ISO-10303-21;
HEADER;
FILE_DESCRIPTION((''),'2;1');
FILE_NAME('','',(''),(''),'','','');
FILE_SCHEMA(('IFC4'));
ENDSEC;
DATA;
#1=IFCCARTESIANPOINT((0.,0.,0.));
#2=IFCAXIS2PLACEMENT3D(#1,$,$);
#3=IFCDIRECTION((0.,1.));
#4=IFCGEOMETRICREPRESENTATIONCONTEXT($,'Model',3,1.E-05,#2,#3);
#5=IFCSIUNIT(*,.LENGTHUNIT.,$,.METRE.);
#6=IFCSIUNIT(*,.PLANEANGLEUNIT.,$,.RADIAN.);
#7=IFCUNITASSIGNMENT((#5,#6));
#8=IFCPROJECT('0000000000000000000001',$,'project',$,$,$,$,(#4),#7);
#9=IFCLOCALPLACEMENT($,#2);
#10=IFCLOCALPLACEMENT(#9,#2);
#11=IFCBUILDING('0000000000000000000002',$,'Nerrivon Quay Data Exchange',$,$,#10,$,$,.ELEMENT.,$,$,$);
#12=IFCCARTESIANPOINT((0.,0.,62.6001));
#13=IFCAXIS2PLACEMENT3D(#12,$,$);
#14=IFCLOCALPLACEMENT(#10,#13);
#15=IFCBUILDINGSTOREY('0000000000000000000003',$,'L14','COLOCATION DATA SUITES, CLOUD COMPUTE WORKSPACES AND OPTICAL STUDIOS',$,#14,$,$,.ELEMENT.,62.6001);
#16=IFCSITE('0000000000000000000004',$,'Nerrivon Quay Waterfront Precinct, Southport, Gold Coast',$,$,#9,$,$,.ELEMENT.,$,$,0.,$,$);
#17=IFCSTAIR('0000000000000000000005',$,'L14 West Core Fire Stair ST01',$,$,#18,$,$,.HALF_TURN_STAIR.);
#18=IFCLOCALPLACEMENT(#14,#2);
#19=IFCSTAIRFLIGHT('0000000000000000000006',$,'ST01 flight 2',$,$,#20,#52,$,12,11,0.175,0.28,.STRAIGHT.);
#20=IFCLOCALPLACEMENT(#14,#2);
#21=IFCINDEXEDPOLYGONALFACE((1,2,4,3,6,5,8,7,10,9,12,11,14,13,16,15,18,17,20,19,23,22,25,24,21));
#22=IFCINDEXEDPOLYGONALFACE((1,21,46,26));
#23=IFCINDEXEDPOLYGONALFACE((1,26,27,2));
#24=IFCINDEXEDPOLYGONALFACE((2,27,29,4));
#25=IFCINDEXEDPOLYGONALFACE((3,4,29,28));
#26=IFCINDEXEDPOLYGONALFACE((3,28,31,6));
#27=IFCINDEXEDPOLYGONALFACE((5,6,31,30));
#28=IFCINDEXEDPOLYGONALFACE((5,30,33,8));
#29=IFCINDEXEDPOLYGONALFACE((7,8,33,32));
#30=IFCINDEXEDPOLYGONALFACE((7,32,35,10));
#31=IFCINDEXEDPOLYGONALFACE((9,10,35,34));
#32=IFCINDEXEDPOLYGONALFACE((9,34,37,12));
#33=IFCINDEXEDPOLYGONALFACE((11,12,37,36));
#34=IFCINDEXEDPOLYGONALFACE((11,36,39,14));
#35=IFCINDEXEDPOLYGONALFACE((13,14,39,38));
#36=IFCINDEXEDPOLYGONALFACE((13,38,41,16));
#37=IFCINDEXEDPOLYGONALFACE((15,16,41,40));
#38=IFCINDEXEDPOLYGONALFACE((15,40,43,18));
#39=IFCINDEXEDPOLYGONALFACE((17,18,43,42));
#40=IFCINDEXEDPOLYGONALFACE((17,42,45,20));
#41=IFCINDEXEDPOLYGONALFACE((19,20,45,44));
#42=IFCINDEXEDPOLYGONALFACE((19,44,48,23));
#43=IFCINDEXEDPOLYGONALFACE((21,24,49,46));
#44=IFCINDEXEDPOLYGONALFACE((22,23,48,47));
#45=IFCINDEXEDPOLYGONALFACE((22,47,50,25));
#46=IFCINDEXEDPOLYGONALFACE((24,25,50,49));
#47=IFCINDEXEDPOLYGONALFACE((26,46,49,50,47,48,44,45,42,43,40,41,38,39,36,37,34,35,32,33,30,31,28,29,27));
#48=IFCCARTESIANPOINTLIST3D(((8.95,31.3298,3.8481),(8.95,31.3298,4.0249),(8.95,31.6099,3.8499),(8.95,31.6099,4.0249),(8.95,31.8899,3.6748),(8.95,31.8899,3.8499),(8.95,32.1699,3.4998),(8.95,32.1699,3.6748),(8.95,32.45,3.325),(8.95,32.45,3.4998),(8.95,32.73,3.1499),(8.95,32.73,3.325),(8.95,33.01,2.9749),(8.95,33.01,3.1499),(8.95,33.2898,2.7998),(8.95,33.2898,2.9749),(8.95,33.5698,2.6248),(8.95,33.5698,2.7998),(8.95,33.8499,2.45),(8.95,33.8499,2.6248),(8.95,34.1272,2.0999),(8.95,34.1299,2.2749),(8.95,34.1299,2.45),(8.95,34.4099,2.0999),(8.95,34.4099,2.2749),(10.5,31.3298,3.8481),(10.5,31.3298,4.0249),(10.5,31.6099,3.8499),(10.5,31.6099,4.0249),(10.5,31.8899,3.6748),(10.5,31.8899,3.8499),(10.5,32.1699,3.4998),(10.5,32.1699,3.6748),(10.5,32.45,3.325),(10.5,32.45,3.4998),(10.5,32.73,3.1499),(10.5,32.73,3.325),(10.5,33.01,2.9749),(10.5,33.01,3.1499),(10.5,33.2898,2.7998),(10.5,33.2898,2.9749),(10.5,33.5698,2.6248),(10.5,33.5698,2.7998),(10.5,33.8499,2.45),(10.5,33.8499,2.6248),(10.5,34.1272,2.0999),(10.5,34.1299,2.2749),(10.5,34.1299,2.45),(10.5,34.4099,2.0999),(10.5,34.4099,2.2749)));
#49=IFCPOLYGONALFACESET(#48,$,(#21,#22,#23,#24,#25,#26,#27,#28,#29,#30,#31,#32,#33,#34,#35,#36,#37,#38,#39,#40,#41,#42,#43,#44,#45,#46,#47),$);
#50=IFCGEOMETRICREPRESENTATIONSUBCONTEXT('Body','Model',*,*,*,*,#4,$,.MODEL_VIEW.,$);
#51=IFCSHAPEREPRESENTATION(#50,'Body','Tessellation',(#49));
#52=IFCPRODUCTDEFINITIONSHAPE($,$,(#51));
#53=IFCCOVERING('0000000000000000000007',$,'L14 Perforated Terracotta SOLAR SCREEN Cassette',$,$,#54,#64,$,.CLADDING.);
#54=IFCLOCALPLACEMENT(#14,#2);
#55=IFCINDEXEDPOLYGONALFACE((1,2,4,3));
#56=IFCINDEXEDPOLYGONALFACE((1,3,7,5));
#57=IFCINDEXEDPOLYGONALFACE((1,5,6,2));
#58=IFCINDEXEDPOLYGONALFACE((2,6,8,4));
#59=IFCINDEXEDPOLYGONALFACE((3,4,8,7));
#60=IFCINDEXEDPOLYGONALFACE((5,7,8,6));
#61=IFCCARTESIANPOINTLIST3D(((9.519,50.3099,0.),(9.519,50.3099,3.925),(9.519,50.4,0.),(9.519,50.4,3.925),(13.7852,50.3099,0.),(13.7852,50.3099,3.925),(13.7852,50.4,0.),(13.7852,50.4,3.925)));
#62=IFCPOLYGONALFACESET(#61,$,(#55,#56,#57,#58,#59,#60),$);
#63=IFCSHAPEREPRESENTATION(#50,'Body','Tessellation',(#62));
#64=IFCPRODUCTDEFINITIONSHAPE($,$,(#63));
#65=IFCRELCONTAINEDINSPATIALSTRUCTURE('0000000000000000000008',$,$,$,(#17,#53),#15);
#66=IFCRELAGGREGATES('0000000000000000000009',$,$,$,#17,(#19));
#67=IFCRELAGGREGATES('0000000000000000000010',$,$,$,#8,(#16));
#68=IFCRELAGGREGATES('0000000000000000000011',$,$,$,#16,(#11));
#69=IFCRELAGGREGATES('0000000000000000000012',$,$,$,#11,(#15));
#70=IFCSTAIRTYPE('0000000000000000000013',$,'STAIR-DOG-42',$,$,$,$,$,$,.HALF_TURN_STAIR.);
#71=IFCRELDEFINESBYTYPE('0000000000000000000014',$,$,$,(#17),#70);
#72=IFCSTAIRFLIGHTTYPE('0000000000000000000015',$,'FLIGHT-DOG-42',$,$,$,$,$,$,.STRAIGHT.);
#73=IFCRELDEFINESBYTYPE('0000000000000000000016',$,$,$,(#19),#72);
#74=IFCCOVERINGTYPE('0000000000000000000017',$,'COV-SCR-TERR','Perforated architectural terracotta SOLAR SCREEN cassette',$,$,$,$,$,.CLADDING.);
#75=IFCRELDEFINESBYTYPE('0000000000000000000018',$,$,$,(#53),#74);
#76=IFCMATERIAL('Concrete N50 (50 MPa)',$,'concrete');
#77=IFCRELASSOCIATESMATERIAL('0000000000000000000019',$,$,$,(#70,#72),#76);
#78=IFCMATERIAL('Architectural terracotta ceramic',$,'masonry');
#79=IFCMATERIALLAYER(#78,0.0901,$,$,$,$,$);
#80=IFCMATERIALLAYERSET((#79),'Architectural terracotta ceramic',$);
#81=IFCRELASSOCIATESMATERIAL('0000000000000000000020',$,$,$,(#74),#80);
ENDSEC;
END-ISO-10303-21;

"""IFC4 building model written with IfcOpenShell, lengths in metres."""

from ifc_helpers import new_model, si_unit, direction, frame, origin, origin_2d, place, context, subcontext, project, spatial, polyline, rectangle, outline, extrude, material, layer, layer_set, type_object, element, aggregate, save


model = new_model("IFC4")

# Units and contexts
model_context = context("Model", 3, precision=1e-05, world=origin(), true_north=direction((0.0, 1.0)))
body_context = subcontext(model_context, "Body", "Model", "MODEL_VIEW")
ifc_project = project(units=[si_unit("LENGTHUNIT", "METRE"), si_unit("PLANEANGLEUNIT", "RADIAN")], contexts=[model_context])

# Site, building, storey
site_placement = place(None, origin())
site = spatial("IfcSite", under=ifc_project, at=site_placement, Name="Nerrivon Quay Waterfront Precinct, Southport, Gold Coast", CompositionType="ELEMENT", RefElevation=0.0)
building_placement = place(site_placement, origin())
building = spatial("IfcBuilding", under=site, at=building_placement, Name="Nerrivon Quay Data Exchange", CompositionType="ELEMENT")
storey_placement = place(building_placement, frame((0.0, 0.0, 62.6001)))
storey = spatial("IfcBuildingStorey", under=building, at=storey_placement, Name="L14", Description="COLOCATION DATA SUITES, CLOUD COMPUTE WORKSPACES AND OPTICAL STUDIOS", CompositionType="ELEMENT", Elevation=62.6001)

# Shared definitions
ifc_material_1 = material(Name="Concrete N50 (50 MPa)", Category="concrete")

# Stair, stair flight
stair_type = type_object("IfcStairType", Name="STAIR-DOG-42", PredefinedType="HALF_TURN_STAIR", material=ifc_material_1)
stair_placement = place(storey_placement, origin())
stair = element("IfcStair", 1, at=stair_placement, inside=storey, type_object=stair_type, Name="L14 West Core Fire Stair ST01", PredefinedType="HALF_TURN_STAIR")
stair_flight_type = type_object("IfcStairFlightType", Name="FLIGHT-DOG-42", PredefinedType="STRAIGHT", material=ifc_material_1)
stair_flight_placement = place(storey_placement, frame((9.7251, 34.4099, 2.0999), z_axis=(0.0, 0.0, 1.0), x_axis=(0.0, -1.0, 0.0)))
stair_flight = element("IfcStairFlight", 2, at=stair_flight_placement, type_object=stair_flight_type, Name="ST01 flight 2", NumberOfRisers=12, NumberOfTreads=11, PredefinedType="STRAIGHT", RiserHeight=0.175, TreadLength=0.28, context=body_context, shape_type="SweptSolid", body=[
    extrude(outline(polyline([(0.0, 0.0), (0.0, 0.175), (0.28, 0.175), (0.28, 0.3501), (0.5601, 0.3501), (0.5601, 0.5249), (0.8401, 0.5249), (0.8401, 0.7), (1.1201, 0.7), (1.1201, 0.875), (1.3999, 0.875), (1.3999, 1.05), (1.6799, 1.05), (1.6799, 1.2251), (1.96, 1.2251), (1.96, 1.3999), (2.24, 1.3999), (2.24, 1.575), (2.52, 1.575), (2.52, 1.75), (2.8, 1.75), (2.8, 1.925), (3.0801, 1.925), (3.0801, 2.1001), (3.0801, 1.7483), (0.2827, 0.0), (0.0, 0.0)])), frame((0.0, 0.7749, 0.0), z_axis=(0.0, -1.0, 0.0), x_axis=(1.0, 0.0, 0.0)), (0.0, 0.0, 1.0), 1.55),
])
aggregate(stair, [stair_flight])

# Covering
ifc_material_2 = material(Name="Architectural terracotta ceramic", Category="masonry")
ifc_layer_1 = layer(ifc_material_2, 0.0901)
ifc_layer_set_1 = layer_set([ifc_layer_1], Name="Architectural terracotta ceramic")
covering_type = type_object("IfcCoveringType", Name="COV-SCR-TERR", Description="Perforated architectural terracotta SOLAR SCREEN cassette", PredefinedType="CLADDING", material=ifc_layer_set_1)
covering_placement = place(storey_placement, frame((11.6521, 50.355, 0.0), z_axis=(0.0, 0.0, 1.0), x_axis=(1.0, 0.0, 0.0)))
element("IfcCovering", 3, at=covering_placement, inside=storey, type_object=covering_type, Name="L14 Perforated Terracotta SOLAR SCREEN Cassette", PredefinedType="CLADDING", context=body_context, shape_type="SweptSolid", body=[
    extrude(rectangle(XDim=4.2661, YDim=0.0901, at=origin_2d()), origin(), (0.0, 0.0, 1.0), 3.925),
])

save(model, "model.ifc")
